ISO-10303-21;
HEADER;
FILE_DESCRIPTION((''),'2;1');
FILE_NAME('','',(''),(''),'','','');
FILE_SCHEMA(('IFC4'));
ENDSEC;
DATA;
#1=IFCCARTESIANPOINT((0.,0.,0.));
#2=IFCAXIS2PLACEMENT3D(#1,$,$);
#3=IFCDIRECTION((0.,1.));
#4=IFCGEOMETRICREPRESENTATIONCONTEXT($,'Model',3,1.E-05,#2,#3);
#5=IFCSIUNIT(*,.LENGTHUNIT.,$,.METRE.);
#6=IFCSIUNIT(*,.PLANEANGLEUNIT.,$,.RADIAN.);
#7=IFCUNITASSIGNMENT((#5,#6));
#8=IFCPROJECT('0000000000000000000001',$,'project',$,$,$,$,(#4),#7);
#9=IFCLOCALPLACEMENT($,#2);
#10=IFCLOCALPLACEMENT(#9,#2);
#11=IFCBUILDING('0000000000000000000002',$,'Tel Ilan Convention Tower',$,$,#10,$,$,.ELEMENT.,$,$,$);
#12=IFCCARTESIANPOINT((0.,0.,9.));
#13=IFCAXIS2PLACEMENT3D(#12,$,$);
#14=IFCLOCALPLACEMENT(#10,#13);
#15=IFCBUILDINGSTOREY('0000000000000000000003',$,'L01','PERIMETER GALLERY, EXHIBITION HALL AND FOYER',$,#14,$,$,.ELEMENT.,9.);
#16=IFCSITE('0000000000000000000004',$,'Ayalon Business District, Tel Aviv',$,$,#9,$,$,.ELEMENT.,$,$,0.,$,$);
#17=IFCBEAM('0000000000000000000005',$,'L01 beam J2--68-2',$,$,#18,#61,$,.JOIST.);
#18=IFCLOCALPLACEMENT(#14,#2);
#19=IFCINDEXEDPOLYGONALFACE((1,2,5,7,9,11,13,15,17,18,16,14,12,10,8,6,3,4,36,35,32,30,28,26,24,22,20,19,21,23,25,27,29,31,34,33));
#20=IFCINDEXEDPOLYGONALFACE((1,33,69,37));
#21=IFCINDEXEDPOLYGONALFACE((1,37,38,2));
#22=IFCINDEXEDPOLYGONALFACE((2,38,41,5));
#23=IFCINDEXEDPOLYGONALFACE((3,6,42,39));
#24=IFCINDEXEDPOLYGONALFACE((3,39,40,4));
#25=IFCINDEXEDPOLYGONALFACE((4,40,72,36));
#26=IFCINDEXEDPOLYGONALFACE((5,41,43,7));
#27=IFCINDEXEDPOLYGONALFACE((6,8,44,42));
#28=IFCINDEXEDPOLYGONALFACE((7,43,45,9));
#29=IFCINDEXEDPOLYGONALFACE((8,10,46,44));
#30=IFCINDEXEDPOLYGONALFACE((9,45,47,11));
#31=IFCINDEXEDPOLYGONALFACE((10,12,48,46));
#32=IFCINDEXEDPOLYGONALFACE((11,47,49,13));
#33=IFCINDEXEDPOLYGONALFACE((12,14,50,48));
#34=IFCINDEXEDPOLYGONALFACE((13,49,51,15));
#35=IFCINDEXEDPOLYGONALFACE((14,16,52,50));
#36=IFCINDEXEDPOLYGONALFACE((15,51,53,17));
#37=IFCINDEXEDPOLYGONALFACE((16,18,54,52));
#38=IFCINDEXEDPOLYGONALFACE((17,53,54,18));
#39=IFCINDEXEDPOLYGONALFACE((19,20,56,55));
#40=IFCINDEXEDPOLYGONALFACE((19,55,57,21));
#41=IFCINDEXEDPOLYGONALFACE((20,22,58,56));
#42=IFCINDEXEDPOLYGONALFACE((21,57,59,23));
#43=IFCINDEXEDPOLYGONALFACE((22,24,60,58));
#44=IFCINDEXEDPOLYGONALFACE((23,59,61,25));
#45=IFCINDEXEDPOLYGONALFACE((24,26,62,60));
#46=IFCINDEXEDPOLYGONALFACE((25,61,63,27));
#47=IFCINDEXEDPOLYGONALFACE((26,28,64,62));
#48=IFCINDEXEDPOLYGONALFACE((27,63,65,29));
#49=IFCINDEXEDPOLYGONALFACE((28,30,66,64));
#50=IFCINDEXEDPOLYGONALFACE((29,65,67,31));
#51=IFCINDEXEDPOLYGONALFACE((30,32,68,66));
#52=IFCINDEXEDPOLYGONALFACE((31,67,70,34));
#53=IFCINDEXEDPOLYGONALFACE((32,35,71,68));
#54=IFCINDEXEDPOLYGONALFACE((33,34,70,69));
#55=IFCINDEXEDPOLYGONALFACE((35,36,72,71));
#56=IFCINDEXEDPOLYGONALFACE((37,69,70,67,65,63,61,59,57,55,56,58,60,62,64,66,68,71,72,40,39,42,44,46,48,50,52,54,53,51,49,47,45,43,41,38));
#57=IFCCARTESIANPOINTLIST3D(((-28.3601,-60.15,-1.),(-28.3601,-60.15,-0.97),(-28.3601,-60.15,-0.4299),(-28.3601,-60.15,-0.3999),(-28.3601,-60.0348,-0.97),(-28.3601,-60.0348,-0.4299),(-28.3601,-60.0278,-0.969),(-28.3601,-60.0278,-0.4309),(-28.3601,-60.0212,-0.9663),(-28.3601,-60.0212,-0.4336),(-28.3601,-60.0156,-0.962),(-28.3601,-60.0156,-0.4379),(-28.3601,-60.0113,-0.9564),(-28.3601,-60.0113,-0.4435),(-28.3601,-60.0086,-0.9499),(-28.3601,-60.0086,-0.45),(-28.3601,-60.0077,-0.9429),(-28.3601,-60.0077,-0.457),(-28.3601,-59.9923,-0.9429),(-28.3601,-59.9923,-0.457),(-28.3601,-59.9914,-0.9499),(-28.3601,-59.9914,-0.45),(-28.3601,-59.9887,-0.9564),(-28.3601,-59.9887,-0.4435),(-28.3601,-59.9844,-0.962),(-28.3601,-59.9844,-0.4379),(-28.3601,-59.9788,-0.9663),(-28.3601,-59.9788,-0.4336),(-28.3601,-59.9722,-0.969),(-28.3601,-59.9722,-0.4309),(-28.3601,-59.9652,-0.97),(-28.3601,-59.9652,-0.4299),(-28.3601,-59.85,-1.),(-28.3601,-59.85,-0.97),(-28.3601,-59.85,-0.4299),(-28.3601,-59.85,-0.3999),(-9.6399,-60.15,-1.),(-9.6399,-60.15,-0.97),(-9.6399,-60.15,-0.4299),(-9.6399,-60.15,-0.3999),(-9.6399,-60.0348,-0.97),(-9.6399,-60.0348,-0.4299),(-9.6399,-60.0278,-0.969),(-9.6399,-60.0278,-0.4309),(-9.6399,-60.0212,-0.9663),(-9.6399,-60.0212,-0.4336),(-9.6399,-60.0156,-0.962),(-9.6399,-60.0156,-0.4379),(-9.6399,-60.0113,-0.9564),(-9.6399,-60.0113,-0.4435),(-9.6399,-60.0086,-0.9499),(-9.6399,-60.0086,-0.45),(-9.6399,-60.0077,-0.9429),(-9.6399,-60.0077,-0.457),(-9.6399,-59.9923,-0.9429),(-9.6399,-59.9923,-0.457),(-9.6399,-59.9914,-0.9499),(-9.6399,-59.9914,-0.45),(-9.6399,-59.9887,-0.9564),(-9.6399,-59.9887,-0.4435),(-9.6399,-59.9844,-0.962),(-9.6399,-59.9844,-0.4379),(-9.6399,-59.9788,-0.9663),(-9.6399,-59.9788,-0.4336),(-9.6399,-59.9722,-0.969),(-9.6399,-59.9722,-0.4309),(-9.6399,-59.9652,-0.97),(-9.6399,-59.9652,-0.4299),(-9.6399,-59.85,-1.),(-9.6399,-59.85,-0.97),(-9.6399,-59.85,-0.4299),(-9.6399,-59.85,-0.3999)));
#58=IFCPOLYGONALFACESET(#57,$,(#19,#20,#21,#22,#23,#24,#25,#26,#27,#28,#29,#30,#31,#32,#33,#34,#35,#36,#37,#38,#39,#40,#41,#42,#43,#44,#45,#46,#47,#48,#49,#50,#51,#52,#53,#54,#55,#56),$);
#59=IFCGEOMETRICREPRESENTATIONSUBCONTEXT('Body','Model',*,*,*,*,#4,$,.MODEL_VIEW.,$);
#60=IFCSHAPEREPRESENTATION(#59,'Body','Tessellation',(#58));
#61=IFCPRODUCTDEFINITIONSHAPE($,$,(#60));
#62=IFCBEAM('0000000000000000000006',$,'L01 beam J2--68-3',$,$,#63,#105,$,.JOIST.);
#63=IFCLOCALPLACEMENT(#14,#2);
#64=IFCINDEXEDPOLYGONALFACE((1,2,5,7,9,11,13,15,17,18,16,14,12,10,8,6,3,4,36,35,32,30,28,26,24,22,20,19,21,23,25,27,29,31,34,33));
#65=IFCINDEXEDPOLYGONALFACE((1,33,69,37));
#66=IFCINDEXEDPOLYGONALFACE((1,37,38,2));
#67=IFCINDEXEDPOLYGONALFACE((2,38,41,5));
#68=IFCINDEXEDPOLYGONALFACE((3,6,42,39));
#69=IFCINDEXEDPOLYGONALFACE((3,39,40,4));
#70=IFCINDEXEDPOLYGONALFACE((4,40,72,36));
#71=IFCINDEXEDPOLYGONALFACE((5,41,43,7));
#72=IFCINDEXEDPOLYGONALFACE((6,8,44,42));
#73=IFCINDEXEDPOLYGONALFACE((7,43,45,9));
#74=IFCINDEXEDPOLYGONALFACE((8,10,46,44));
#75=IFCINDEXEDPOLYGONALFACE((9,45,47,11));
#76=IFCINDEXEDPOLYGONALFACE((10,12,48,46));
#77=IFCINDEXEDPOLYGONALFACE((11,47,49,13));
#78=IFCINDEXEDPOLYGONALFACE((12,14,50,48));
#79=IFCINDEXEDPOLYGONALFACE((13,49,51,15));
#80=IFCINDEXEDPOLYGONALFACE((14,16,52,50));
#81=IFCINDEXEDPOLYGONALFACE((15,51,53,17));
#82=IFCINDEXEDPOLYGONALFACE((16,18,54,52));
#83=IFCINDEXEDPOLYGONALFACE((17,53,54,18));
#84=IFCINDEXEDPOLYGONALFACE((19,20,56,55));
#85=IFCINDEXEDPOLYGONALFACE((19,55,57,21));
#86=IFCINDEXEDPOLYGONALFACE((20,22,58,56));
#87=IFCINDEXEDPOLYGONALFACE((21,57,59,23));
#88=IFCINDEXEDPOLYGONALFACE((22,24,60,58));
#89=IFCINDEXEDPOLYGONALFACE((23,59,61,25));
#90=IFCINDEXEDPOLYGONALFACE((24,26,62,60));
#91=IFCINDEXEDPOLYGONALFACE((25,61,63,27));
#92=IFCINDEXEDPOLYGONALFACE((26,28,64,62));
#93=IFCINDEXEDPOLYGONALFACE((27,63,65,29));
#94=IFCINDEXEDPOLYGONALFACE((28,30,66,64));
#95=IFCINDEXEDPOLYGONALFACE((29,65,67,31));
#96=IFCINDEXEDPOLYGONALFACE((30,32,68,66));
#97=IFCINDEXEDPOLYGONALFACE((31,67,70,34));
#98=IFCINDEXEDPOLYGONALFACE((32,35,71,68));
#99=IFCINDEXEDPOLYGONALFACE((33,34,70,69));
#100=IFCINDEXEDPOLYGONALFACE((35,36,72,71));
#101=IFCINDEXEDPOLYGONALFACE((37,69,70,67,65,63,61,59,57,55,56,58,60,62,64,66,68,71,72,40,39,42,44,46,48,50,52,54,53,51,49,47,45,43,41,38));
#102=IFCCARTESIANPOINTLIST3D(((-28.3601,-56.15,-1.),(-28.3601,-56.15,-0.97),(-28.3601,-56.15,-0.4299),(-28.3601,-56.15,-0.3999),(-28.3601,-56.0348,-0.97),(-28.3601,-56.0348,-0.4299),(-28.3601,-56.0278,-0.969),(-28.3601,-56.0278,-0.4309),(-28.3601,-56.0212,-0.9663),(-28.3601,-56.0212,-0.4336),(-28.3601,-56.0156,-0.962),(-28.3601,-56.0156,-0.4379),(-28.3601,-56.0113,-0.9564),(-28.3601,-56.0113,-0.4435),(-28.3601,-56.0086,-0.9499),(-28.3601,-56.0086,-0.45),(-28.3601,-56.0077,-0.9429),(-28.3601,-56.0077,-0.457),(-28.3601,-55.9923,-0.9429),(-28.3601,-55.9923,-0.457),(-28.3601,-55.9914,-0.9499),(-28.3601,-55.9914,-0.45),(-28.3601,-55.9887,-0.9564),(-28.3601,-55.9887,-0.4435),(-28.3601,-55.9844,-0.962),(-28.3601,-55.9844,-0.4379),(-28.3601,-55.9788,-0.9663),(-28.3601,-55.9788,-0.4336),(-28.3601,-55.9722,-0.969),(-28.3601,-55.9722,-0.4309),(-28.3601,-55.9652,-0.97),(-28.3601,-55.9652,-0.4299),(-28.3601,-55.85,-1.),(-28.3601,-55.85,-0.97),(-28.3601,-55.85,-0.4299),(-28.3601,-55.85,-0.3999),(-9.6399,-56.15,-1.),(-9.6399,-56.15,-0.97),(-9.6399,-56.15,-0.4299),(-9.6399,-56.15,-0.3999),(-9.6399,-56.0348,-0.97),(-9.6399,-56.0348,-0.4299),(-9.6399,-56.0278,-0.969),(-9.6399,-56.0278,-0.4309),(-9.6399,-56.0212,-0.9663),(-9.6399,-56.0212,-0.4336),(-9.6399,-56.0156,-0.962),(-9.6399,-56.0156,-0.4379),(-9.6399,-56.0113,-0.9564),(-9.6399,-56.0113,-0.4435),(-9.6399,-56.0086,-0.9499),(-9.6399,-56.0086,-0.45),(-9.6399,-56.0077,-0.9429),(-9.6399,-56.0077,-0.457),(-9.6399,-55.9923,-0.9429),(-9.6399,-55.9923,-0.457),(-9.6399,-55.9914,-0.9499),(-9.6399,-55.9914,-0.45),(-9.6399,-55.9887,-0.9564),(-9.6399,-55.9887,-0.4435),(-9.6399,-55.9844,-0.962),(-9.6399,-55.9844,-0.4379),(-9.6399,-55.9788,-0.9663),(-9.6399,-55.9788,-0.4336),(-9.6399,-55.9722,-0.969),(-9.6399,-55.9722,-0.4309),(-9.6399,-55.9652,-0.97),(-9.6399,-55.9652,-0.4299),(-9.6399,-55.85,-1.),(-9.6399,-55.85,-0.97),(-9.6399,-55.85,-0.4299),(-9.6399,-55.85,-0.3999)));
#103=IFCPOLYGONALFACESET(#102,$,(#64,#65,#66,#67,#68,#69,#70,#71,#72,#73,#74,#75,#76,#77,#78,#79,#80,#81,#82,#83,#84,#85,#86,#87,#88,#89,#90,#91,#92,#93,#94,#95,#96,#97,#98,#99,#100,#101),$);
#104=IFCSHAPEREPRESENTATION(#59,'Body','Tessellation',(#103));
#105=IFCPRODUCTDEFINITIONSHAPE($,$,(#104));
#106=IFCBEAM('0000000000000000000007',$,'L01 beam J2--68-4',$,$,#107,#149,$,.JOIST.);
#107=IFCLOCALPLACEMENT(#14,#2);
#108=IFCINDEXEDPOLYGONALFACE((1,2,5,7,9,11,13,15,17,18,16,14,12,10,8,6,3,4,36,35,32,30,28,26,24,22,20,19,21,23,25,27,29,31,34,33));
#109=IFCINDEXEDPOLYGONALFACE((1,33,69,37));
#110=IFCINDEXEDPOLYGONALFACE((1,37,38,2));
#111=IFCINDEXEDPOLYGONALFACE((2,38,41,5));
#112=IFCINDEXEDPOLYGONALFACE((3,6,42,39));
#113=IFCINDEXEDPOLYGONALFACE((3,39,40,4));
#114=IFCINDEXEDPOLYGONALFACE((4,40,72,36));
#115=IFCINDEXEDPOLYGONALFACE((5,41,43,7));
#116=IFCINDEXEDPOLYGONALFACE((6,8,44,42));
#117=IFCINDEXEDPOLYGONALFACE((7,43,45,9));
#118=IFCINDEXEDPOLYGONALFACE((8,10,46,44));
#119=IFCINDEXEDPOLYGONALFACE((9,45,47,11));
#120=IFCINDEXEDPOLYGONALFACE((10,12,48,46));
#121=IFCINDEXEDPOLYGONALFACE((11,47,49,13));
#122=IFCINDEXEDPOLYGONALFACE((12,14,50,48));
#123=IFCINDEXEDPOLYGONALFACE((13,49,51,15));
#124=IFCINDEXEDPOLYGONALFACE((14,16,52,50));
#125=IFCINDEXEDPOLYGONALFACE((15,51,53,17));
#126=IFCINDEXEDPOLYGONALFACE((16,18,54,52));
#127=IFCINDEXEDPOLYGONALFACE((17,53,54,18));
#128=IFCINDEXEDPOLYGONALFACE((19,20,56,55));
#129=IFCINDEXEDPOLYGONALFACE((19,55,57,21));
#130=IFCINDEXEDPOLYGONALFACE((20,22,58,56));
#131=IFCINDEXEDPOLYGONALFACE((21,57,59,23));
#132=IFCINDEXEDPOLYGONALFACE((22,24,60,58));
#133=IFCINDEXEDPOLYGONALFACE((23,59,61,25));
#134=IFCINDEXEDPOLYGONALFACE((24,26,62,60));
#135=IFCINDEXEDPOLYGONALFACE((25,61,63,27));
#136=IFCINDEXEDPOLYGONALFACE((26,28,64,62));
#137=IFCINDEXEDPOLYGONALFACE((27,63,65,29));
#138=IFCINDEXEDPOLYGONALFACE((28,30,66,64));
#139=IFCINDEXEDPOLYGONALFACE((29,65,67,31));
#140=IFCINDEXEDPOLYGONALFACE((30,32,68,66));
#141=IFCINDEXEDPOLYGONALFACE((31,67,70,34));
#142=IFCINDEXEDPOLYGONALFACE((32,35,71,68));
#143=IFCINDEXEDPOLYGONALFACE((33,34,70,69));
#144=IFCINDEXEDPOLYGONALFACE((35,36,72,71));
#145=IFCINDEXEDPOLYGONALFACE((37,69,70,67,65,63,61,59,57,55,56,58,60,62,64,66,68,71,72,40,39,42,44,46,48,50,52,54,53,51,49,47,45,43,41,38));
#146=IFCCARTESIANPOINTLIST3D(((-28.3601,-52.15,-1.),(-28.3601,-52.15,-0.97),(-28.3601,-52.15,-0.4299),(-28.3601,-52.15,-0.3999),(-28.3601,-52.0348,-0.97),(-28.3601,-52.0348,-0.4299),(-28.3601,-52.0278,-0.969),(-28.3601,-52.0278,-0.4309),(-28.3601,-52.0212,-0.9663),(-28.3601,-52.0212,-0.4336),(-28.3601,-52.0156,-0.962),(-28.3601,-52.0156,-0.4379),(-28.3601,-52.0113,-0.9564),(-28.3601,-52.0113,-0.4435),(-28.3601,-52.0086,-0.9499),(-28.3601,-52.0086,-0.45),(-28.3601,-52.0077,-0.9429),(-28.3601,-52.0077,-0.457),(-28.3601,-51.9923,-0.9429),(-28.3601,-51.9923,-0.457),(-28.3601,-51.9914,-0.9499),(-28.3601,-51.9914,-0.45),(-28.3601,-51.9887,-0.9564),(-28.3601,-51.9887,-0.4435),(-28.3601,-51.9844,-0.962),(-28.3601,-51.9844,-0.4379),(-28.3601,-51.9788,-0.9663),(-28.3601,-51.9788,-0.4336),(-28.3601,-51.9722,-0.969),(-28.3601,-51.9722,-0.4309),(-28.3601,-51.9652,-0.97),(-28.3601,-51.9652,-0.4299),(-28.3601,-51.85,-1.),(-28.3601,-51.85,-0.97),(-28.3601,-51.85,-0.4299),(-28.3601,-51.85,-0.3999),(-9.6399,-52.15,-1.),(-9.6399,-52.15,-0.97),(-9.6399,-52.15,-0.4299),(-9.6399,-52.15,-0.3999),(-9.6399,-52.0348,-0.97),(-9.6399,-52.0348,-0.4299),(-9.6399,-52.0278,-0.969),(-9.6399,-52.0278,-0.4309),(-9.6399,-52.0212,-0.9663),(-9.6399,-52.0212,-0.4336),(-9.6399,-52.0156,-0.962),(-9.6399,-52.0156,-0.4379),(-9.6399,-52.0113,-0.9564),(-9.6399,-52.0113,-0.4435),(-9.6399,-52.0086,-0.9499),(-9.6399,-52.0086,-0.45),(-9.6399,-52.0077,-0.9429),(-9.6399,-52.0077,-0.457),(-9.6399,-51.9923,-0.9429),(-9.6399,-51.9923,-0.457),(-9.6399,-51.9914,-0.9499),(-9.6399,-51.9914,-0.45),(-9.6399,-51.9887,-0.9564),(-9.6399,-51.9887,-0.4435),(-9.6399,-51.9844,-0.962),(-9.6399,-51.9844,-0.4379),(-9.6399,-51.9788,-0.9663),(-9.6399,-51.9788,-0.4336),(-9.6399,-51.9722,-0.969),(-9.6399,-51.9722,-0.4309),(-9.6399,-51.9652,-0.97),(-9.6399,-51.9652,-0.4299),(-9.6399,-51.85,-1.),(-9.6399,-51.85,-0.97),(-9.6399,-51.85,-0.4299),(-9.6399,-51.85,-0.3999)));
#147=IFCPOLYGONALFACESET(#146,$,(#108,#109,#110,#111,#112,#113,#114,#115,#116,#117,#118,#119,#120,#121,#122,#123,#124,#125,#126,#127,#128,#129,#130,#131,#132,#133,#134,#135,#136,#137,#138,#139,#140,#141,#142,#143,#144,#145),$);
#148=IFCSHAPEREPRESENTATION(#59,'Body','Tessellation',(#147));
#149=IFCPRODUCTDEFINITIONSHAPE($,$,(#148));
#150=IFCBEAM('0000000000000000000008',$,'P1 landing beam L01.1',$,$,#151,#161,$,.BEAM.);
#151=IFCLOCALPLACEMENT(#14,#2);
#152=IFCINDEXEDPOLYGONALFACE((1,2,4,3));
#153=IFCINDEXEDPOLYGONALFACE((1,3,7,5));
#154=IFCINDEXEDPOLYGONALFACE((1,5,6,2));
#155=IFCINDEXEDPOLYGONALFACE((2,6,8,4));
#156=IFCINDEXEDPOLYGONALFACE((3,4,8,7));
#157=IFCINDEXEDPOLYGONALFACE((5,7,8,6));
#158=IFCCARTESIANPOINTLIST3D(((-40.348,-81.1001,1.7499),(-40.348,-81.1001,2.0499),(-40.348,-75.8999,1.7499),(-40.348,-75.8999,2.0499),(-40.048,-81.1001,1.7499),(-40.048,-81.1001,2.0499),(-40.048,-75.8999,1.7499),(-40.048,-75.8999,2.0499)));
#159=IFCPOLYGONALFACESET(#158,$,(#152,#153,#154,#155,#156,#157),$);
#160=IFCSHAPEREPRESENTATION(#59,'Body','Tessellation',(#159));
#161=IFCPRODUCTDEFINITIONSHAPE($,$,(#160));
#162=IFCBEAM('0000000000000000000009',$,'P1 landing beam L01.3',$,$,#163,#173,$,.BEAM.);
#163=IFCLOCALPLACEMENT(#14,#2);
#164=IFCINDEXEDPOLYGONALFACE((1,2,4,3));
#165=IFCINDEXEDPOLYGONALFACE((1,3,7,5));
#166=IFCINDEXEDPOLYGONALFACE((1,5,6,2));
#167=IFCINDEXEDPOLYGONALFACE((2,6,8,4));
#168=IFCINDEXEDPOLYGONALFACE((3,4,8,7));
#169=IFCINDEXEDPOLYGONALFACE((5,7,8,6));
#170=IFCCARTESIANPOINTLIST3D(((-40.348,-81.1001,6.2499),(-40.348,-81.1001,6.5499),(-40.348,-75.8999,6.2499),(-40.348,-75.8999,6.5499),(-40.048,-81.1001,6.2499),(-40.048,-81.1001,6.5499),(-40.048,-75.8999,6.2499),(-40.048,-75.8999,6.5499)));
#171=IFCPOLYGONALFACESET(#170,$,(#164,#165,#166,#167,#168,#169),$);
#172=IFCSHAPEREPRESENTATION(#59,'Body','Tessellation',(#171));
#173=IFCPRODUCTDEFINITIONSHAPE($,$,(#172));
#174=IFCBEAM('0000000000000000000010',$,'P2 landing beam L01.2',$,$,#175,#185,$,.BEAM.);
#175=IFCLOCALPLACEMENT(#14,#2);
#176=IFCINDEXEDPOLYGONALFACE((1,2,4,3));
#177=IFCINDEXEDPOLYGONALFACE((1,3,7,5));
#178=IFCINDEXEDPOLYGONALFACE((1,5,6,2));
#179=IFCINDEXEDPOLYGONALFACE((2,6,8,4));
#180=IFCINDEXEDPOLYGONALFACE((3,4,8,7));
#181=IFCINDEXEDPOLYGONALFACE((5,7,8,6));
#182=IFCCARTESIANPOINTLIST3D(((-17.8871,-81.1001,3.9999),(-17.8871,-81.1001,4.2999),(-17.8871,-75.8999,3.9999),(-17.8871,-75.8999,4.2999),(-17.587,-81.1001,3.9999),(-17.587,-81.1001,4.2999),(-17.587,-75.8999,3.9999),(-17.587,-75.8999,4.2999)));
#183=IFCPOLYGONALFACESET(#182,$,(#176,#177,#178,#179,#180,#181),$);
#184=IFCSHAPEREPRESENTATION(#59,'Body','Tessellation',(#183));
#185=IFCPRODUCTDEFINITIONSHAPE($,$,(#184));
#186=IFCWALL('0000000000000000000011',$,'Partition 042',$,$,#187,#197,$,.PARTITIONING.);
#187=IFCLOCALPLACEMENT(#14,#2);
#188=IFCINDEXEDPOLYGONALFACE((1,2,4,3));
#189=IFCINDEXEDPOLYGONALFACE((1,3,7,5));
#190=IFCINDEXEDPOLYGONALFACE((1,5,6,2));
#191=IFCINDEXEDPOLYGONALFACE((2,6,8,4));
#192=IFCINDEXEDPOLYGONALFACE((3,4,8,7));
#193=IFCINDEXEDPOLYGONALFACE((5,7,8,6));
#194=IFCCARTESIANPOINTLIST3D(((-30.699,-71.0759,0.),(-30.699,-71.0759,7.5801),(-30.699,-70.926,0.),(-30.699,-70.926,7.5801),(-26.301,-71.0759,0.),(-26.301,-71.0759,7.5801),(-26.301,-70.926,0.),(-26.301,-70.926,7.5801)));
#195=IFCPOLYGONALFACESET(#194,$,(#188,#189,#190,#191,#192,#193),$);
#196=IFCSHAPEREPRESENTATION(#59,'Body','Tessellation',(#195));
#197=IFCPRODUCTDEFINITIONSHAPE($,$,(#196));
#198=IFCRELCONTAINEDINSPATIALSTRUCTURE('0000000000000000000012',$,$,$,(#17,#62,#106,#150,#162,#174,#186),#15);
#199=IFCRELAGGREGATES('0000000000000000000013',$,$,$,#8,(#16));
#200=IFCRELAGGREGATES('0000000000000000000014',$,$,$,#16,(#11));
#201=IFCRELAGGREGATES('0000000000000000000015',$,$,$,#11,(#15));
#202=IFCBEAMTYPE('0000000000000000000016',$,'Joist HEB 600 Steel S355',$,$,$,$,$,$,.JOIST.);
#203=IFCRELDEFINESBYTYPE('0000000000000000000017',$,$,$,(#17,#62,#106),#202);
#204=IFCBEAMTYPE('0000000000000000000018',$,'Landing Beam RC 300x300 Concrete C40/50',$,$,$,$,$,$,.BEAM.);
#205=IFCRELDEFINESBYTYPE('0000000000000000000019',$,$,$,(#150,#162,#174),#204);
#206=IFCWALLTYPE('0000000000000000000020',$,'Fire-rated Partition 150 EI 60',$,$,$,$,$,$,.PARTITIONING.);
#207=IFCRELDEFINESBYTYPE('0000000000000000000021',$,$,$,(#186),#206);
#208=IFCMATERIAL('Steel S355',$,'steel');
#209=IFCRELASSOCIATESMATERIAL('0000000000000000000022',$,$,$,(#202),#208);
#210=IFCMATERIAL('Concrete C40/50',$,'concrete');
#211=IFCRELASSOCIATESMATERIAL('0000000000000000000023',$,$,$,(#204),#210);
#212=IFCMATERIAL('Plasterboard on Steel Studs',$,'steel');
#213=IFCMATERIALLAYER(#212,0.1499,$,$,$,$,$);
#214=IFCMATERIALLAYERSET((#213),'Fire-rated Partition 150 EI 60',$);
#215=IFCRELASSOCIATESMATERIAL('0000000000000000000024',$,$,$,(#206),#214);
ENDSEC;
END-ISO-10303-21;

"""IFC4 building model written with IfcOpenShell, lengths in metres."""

from ifc_helpers import new_model, si_unit, direction, frame, frame_2d, origin, origin_2d, place, context, subcontext, project, spatial, rectangle, i_section, extrude, material, layer, layer_set, material_profile, profile_set, type_object, element, save


model = new_model("IFC4")

# Units and contexts
model_context = context("Model", 3, precision=1e-05, world=origin(), true_north=direction((0.0, 1.0)))
body_context = subcontext(model_context, "Body", "Model", "MODEL_VIEW")
ifc_project = project(units=[si_unit("LENGTHUNIT", "METRE"), si_unit("PLANEANGLEUNIT", "RADIAN")], contexts=[model_context])

# Site, building, storey
site_placement = place(None, origin())
site = spatial("IfcSite", under=ifc_project, at=site_placement, Name="Ayalon Business District, Tel Aviv", CompositionType="ELEMENT", RefElevation=0.0)
building_placement = place(site_placement, origin())
building = spatial("IfcBuilding", under=site, at=building_placement, Name="Tel Ilan Convention Tower", CompositionType="ELEMENT")
storey_placement = place(building_placement, frame((0.0, 0.0, 9.0)))
storey = spatial("IfcBuildingStorey", under=building, at=storey_placement, Name="L01", Description="PERIMETER GALLERY, EXHIBITION HALL AND FOYER", CompositionType="ELEMENT", Elevation=9.0)

# Beams
ifc_material_1 = material(Name="Steel S355", Category="steel")
ifc_material_profile_1 = material_profile(ifc_material_1, i_section(OverallWidth=0.3, OverallDepth=0.6001, WebThickness=0.0154, FlangeThickness=0.03, FilletRadius=0.0271, at=origin_2d()), Name="HEB 600")
ifc_profile_set_1 = profile_set([ifc_material_profile_1], Name="Steel S355")
beam_type_1 = type_object("IfcBeamType", Name="Joist HEB 600 Steel S355", PredefinedType="JOIST", material=ifc_profile_set_1)
for number, where, z_axis, x_axis, name in (
    (1, (-28.3601, -60.0, -0.7), (1.0, 0.0, 0.0), (0.0, 1.0, 0.0), "L01 beam J2--68-2"),
    (2, (-28.3601, -56.0, -0.7), (1.0, 0.0, 0.0), (0.0, 1.0, 0.0), "L01 beam J2--68-3"),
    (3, (-28.3601, -52.0, -0.7), (1.0, 0.0, 0.0), (0.0, 1.0, 0.0), "L01 beam J2--68-4"),
):
    element("IfcBeam", number, at=place(storey_placement, frame(where, z_axis=z_axis, x_axis=x_axis)), inside=storey, type_object=beam_type_1, Name=name, PredefinedType="JOIST", context=body_context, shape_type="SweptSolid", body=[
        extrude(i_section(OverallWidth=0.3, OverallDepth=0.6001, WebThickness=0.0154, FlangeThickness=0.03, FilletRadius=0.0271, at=origin_2d()), origin(), (0.0, 0.0, 1.0), 18.7202),
    ])
ifc_material_2 = material(Name="Concrete C40/50", Category="concrete")
ifc_material_profile_2 = material_profile(ifc_material_2, rectangle(XDim=0.3, YDim=0.3, at=origin_2d()), Name="RC 300x300")
ifc_profile_set_2 = profile_set([ifc_material_profile_2], Name="Concrete C40/50")
beam_type_2 = type_object("IfcBeamType", Name="Landing Beam RC 300x300 Concrete C40/50", PredefinedType="BEAM", material=ifc_profile_set_2)
for number, where, z_axis, x_axis, name in (
    (4, (-40.198, -81.1001, 1.8999), (0.0, 1.0, 0.0), (-1.0, 0.0, 0.0), "P1 landing beam L01.1"),
    (5, (-40.198, -81.1001, 6.3999), (0.0, 1.0, 0.0), (-1.0, 0.0, 0.0), "P1 landing beam L01.3"),
    (6, (-17.7371, -81.1001, 4.1499), (0.0, 1.0, 0.0), (-1.0, 0.0, 0.0), "P2 landing beam L01.2"),
):
    element("IfcBeam", number, at=place(storey_placement, frame(where, z_axis=z_axis, x_axis=x_axis)), inside=storey, type_object=beam_type_2, Name=name, PredefinedType="BEAM", context=body_context, shape_type="SweptSolid", body=[
        extrude(rectangle(XDim=0.3, YDim=0.3, at=origin_2d()), origin(), (0.0, 0.0, 1.0), 5.2002),
    ])

# Wall
ifc_material_3 = material(Name="Plasterboard on Steel Studs", Category="steel")
ifc_layer_1 = layer(ifc_material_3, 0.1499)
ifc_layer_set_1 = layer_set([ifc_layer_1], Name="Fire-rated Partition 150 EI 60")
wall_type_1 = type_object("IfcWallType", Name="Fire-rated Partition 150 EI 60", PredefinedType="PARTITIONING", material=ifc_layer_set_1)
wall_1_placement = place(storey_placement, frame((-30.699, -71.001, 0.0), z_axis=(0.0, 0.0, 1.0), x_axis=(1.0, 0.0, 0.0)))
element("IfcWall", 7, at=wall_1_placement, inside=storey, type_object=wall_type_1, Name="Partition 042", PredefinedType="PARTITIONING", context=body_context, shape_type="SweptSolid", body=[
    extrude(rectangle(XDim=4.3979, YDim=0.1499, at=frame_2d((2.199, 0.0))), origin(), (0.0, 0.0, 1.0), 7.5801),
])

save(model, "model.ifc")
